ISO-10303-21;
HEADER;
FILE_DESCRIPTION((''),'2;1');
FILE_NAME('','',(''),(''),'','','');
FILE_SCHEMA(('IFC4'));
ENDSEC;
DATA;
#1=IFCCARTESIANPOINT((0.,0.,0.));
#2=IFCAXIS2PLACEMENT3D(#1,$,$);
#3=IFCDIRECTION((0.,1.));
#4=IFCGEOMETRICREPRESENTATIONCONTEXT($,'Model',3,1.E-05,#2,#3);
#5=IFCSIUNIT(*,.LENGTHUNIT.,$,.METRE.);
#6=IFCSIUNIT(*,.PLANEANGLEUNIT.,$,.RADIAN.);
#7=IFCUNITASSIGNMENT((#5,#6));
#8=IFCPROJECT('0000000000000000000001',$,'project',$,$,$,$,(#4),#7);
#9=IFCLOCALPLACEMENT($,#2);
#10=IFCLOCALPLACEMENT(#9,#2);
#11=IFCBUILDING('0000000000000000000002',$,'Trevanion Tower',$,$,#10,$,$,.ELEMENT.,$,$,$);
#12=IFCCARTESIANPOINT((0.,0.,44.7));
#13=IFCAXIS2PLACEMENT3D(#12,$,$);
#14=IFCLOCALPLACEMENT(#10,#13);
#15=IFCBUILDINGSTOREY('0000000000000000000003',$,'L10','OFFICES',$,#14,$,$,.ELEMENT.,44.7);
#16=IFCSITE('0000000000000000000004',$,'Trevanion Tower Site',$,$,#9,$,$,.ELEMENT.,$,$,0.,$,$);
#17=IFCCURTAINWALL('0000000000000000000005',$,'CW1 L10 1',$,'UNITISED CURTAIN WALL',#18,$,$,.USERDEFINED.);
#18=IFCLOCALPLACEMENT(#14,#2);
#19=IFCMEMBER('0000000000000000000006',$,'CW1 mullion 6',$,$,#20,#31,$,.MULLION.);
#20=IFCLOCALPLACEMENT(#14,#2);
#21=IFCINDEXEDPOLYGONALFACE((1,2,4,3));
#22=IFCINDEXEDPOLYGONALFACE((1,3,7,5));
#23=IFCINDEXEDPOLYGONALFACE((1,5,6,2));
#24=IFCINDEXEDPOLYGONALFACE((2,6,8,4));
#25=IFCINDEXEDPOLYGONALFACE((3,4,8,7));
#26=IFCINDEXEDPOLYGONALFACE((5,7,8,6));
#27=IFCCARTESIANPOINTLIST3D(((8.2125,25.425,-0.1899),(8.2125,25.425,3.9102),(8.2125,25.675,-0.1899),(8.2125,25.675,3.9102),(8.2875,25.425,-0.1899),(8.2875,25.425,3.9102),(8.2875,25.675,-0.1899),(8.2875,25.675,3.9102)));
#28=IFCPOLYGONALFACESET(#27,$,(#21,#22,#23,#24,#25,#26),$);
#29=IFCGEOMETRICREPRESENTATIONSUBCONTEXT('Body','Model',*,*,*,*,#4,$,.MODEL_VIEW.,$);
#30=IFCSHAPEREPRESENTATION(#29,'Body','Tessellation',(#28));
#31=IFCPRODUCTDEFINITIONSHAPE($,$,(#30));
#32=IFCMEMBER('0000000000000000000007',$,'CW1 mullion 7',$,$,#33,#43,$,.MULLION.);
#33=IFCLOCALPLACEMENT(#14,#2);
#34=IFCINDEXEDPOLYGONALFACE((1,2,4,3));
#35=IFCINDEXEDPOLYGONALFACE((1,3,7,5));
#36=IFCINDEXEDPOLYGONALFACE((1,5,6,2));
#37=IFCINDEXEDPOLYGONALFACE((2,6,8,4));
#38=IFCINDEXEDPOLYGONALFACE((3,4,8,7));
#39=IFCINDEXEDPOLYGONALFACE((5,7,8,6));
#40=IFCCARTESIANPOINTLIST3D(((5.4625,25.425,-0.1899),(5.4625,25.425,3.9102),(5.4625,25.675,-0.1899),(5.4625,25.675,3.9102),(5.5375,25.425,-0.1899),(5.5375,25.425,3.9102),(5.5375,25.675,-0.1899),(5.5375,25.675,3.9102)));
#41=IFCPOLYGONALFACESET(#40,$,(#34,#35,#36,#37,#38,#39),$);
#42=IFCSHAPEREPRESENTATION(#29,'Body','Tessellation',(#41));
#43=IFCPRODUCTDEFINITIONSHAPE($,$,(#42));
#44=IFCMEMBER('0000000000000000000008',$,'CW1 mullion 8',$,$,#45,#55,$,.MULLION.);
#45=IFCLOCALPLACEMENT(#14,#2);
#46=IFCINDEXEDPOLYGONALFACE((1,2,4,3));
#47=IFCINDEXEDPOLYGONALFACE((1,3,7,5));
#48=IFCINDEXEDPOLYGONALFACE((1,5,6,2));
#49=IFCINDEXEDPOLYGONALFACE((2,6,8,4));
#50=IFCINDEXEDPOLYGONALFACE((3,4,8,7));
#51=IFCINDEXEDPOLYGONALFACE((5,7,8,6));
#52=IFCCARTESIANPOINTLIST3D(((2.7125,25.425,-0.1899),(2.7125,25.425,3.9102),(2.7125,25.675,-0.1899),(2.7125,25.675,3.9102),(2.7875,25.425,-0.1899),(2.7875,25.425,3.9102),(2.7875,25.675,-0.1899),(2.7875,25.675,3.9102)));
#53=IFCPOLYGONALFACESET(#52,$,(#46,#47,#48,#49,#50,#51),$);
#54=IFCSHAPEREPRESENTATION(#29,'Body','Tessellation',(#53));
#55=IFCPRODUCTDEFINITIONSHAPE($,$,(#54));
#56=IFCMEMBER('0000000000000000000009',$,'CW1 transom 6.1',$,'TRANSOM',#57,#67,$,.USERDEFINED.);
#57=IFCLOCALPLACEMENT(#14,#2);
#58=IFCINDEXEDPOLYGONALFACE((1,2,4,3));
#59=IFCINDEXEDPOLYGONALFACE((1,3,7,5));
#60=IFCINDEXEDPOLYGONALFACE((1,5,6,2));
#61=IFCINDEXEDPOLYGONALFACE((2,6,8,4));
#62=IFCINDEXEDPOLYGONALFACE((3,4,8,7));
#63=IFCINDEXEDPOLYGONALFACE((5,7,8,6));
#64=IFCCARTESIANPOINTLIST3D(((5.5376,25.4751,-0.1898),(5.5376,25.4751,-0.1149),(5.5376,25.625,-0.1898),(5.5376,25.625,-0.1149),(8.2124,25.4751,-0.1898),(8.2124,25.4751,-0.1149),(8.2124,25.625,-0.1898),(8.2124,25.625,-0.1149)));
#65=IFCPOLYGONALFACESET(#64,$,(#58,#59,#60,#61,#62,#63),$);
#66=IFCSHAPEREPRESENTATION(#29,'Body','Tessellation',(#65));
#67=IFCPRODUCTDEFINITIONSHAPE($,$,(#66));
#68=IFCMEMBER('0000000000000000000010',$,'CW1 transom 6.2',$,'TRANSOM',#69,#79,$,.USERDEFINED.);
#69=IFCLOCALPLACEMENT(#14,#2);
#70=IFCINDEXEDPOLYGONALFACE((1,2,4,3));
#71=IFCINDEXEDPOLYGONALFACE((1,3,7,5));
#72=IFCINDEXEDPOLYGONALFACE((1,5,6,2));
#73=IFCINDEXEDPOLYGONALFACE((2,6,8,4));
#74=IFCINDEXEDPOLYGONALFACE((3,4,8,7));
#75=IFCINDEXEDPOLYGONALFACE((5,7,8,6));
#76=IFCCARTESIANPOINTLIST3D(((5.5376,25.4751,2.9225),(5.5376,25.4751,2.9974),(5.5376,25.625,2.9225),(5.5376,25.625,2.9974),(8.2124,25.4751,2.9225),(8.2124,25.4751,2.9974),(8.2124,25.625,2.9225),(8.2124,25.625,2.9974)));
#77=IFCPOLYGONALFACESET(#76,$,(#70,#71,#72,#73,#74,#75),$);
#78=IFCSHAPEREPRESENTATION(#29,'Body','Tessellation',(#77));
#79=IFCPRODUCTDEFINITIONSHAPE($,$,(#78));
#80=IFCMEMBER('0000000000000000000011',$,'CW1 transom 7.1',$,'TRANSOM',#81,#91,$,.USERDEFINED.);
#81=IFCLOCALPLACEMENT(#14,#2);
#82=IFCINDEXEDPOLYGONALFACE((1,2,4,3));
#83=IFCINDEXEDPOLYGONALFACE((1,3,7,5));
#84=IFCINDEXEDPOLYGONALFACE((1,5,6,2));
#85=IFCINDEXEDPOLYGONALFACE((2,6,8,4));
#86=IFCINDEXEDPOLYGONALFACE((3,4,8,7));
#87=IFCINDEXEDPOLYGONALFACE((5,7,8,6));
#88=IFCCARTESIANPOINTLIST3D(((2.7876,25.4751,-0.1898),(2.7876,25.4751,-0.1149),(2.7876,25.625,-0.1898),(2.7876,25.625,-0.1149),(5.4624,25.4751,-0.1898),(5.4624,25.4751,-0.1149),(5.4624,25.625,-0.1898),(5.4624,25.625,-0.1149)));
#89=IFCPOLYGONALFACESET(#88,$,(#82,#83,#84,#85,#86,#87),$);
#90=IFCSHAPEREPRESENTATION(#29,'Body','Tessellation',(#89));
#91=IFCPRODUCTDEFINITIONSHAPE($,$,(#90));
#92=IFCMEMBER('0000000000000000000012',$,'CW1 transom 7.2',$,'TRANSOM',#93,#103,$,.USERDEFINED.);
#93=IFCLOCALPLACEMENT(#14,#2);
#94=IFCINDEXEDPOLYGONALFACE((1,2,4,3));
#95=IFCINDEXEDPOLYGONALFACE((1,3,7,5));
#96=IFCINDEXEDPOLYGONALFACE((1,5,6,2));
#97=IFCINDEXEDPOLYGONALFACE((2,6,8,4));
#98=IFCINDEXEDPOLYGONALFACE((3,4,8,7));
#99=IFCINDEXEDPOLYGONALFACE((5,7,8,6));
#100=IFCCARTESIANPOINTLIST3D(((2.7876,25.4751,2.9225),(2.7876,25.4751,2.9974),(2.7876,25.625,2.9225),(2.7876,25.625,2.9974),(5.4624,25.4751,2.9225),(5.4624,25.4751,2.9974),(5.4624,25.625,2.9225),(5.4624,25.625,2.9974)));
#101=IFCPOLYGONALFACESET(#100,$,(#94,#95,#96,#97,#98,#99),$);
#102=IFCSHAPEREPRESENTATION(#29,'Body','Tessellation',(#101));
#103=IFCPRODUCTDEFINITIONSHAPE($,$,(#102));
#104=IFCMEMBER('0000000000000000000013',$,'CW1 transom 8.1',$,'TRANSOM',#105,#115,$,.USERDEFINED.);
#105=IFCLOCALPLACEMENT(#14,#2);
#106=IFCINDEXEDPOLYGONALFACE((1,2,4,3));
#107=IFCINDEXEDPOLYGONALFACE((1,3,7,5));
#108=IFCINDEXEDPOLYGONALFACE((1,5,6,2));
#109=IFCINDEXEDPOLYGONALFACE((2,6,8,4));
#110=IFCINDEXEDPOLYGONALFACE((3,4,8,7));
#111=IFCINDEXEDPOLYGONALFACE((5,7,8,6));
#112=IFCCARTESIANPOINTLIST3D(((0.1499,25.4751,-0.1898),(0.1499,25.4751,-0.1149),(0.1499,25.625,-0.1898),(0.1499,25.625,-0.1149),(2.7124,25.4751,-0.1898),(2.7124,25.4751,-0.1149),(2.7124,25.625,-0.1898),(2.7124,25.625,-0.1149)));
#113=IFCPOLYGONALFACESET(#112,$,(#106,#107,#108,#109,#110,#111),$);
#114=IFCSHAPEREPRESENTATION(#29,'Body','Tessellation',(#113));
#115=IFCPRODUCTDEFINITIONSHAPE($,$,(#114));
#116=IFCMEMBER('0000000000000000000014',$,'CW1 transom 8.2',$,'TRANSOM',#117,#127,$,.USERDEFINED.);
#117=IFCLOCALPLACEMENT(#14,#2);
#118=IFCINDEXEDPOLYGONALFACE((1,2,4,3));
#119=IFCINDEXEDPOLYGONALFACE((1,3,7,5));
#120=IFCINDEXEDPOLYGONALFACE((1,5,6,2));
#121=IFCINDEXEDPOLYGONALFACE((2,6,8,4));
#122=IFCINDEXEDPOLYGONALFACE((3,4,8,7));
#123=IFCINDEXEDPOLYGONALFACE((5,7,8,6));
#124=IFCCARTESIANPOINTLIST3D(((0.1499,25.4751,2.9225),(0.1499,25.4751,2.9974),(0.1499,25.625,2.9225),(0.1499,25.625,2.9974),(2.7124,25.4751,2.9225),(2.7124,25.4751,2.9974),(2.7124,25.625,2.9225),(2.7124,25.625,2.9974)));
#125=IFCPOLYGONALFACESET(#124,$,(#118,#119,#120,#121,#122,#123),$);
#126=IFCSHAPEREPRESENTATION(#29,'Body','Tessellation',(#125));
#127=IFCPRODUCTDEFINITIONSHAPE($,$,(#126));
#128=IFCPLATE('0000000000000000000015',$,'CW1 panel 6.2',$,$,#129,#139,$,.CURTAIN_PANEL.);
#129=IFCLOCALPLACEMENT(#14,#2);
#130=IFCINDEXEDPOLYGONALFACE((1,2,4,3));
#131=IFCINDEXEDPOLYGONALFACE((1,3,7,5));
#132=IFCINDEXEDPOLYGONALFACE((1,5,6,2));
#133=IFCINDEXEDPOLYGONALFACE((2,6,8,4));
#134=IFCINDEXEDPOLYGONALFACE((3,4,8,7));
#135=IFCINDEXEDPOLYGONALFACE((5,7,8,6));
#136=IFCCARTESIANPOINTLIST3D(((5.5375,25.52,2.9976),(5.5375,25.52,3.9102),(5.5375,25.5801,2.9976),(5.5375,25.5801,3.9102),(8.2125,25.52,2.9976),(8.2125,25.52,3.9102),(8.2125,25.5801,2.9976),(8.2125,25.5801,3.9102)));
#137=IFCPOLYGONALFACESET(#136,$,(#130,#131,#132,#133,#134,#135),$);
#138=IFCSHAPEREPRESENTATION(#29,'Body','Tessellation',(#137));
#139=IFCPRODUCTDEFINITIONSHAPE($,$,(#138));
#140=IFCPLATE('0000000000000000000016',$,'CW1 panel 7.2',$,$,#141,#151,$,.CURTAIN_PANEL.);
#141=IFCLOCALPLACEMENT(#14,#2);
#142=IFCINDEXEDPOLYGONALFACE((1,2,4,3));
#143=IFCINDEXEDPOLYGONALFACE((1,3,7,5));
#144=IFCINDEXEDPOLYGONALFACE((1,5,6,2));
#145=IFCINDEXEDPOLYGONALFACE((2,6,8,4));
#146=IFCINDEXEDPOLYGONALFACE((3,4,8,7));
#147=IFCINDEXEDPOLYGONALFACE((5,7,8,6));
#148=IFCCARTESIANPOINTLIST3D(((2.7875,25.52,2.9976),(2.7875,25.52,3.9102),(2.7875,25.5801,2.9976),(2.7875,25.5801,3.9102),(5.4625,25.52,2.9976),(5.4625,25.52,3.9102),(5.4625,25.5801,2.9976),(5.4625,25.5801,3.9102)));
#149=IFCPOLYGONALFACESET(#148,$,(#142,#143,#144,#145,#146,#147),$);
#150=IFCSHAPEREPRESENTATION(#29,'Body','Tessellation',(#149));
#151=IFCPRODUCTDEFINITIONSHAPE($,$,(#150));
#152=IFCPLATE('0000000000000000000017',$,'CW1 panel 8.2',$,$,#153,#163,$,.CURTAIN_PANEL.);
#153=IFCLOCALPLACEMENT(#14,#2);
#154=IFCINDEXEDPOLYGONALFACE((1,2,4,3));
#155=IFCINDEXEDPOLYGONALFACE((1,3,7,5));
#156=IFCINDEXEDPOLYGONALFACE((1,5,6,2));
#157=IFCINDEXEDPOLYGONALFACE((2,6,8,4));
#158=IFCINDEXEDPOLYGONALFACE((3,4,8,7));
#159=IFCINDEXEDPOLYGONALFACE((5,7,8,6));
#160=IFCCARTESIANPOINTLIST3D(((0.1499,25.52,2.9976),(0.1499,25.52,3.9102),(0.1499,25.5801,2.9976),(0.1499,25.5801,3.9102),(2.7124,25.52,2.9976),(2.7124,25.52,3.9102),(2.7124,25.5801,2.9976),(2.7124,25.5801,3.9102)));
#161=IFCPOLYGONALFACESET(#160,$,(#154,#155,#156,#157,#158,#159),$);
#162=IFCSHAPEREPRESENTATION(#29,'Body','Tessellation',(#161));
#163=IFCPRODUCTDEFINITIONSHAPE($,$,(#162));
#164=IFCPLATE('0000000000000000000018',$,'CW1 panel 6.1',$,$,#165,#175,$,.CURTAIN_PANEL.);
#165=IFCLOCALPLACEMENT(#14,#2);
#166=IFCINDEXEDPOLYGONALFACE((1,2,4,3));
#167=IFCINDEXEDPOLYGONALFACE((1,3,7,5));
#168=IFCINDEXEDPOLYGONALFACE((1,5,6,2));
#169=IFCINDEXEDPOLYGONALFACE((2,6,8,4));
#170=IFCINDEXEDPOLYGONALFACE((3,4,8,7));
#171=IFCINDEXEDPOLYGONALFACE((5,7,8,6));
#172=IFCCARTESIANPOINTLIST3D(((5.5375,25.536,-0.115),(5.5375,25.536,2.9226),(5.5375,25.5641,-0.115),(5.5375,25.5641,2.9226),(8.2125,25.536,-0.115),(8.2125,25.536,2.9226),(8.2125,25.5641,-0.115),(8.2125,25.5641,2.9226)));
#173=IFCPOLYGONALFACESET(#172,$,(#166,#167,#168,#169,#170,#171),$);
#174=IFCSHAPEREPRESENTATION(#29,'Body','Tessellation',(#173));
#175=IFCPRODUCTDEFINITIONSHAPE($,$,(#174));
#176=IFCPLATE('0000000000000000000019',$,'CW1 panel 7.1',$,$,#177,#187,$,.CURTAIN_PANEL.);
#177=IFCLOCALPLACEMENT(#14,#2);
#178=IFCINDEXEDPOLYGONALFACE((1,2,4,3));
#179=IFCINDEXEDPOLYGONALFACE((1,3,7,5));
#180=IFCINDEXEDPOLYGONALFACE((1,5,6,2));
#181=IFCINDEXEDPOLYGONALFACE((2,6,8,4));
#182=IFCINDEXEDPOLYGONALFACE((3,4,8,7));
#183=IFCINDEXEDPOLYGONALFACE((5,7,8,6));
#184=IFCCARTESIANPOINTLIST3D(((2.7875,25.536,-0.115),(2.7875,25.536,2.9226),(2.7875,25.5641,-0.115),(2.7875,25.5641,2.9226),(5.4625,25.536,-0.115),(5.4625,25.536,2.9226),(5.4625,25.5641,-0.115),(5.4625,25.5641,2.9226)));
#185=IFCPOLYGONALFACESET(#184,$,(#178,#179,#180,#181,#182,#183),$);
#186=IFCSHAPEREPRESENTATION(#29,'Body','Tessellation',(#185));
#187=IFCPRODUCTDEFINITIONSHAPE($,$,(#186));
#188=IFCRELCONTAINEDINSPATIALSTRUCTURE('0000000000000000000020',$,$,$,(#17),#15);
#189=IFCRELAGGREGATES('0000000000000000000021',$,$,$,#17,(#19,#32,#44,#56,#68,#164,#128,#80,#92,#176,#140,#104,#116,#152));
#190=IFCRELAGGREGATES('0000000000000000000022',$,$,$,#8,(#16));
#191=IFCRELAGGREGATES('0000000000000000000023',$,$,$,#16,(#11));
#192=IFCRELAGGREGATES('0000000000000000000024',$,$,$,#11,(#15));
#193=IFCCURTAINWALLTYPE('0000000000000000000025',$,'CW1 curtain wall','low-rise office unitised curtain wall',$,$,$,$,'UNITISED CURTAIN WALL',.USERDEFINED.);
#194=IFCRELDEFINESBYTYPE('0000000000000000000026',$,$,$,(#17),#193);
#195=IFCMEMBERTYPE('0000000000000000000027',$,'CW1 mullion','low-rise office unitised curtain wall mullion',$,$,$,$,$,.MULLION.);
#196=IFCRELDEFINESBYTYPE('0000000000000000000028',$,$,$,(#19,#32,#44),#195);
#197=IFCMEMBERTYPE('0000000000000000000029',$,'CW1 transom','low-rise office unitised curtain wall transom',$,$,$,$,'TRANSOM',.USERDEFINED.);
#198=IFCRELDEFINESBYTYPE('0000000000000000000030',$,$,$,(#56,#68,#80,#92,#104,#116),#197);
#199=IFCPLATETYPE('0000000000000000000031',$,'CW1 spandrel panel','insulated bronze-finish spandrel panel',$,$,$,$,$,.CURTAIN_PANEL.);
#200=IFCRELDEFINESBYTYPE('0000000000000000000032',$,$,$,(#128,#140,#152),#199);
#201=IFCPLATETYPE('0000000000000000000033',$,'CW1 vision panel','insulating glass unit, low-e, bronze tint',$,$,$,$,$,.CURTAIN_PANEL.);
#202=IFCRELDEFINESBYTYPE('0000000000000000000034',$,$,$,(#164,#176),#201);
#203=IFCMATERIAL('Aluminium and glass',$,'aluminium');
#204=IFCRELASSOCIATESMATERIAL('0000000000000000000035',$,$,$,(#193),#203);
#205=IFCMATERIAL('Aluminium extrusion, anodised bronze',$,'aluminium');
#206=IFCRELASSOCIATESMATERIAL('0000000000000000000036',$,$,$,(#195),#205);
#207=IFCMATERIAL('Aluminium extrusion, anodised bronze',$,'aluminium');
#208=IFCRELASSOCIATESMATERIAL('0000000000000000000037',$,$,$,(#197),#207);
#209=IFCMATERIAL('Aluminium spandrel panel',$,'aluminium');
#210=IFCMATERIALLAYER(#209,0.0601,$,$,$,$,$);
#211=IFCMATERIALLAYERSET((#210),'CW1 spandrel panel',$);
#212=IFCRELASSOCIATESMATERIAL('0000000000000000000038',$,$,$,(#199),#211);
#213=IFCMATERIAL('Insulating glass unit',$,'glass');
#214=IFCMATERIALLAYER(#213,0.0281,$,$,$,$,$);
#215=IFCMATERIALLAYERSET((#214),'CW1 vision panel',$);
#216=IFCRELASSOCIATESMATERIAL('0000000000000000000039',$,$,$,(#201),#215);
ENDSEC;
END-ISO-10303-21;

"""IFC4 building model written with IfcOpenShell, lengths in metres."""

from ifc_helpers import new_model, si_unit, direction, frame, origin, origin_2d, place, context, subcontext, project, spatial, rectangle, extrude, material, layer, layer_set, material_profile, profile_set, type_object, element, aggregate, save


model = new_model("IFC4")

# Units and contexts
model_context = context("Model", 3, precision=1e-05, world=origin(), true_north=direction((0.0, 1.0)))
body_context = subcontext(model_context, "Body", "Model", "MODEL_VIEW")
ifc_project = project(units=[si_unit("LENGTHUNIT", "METRE"), si_unit("PLANEANGLEUNIT", "RADIAN")], contexts=[model_context])

# Site, building, storey
site_placement = place(None, origin())
site = spatial("IfcSite", under=ifc_project, at=site_placement, Name="Trevanion Tower Site", CompositionType="ELEMENT", RefElevation=0.0)
building_placement = place(site_placement, origin())
building = spatial("IfcBuilding", under=site, at=building_placement, Name="Trevanion Tower", CompositionType="ELEMENT")
storey_placement = place(building_placement, frame((0.0, 0.0, 44.7)))
storey = spatial("IfcBuildingStorey", under=building, at=storey_placement, Name="L10", Description="OFFICES", CompositionType="ELEMENT", Elevation=44.7)

# Curtain wall, members, plates
ifc_material_1 = material(Name="Aluminium and glass", Category="aluminium")
curtain_wall_type = type_object("IfcCurtainWallType", Name="CW1 curtain wall", Description="low-rise office unitised curtain wall", ElementType="UNITISED CURTAIN WALL", PredefinedType="USERDEFINED", material=ifc_material_1)
curtain_wall_placement = place(storey_placement, origin())
curtain_wall = element("IfcCurtainWall", 1, at=curtain_wall_placement, inside=storey, type_object=curtain_wall_type, Name="CW1 L10 1", ObjectType="UNITISED CURTAIN WALL", PredefinedType="USERDEFINED")
ifc_material_2 = material(Name="Aluminium extrusion, anodised bronze", Category="aluminium")
ifc_material_profile_1 = material_profile(ifc_material_2, rectangle(XDim=0.075, YDim=0.25, at=origin_2d()), Name="CW1 mullion")
ifc_profile_set_1 = profile_set([ifc_material_profile_1], Name="Aluminium extrusion, anodised bronze")
member_type_1 = type_object("IfcMemberType", Name="CW1 mullion", Description="low-rise office unitised curtain wall mullion", PredefinedType="MULLION", material=ifc_profile_set_1)
member_1_placement = place(storey_placement, frame((8.25, 25.55, -0.1899), z_axis=(0.0, 0.0, 1.0), x_axis=(-1.0, 0.0, 0.0)))
member_1 = element("IfcMember", 2, at=member_1_placement, type_object=member_type_1, Name="CW1 mullion 6", PredefinedType="MULLION", context=body_context, shape_type="SweptSolid", body=[
    extrude(rectangle(XDim=0.075, YDim=0.25, at=origin_2d()), origin(), (0.0, 0.0, 1.0), 4.1001),
])
member_2_placement = place(storey_placement, frame((5.5, 25.55, -0.1899), z_axis=(0.0, 0.0, 1.0), x_axis=(-1.0, 0.0, 0.0)))
member_2 = element("IfcMember", 3, at=member_2_placement, type_object=member_type_1, Name="CW1 mullion 7", PredefinedType="MULLION", context=body_context, shape_type="SweptSolid", body=[
    extrude(rectangle(XDim=0.075, YDim=0.25, at=origin_2d()), origin(), (0.0, 0.0, 1.0), 4.1001),
])
member_3_placement = place(storey_placement, frame((2.75, 25.55, -0.1899), z_axis=(0.0, 0.0, 1.0), x_axis=(-1.0, 0.0, 0.0)))
member_3 = element("IfcMember", 4, at=member_3_placement, type_object=member_type_1, Name="CW1 mullion 8", PredefinedType="MULLION", context=body_context, shape_type="SweptSolid", body=[
    extrude(rectangle(XDim=0.075, YDim=0.25, at=origin_2d()), origin(), (0.0, 0.0, 1.0), 4.1001),
])
ifc_material_3 = material(Name="Aluminium extrusion, anodised bronze", Category="aluminium")
ifc_material_profile_2 = material_profile(ifc_material_3, rectangle(XDim=0.1499, YDim=0.075, at=origin_2d()), Name="CW1 transom")
ifc_profile_set_2 = profile_set([ifc_material_profile_2], Name="Aluminium extrusion, anodised bronze")
member_type_2 = type_object("IfcMemberType", Name="CW1 transom", Description="low-rise office unitised curtain wall transom", ElementType="TRANSOM", PredefinedType="USERDEFINED", material=ifc_profile_set_2)
member_4_placement = place(storey_placement, frame((8.2124, 25.55, -0.1523), z_axis=(-1.0, 0.0, 0.0), x_axis=(0.0, -1.0, 0.0)))
member_4 = element("IfcMember", 5, at=member_4_placement, type_object=member_type_2, Name="CW1 transom 6.1", ObjectType="TRANSOM", PredefinedType="USERDEFINED", context=body_context, shape_type="SweptSolid", body=[
    extrude(rectangle(XDim=0.1499, YDim=0.075, at=origin_2d()), origin(), (0.0, 0.0, 1.0), 2.6748),
])
member_5_placement = place(storey_placement, frame((8.2124, 25.55, 2.96), z_axis=(-1.0, 0.0, 0.0), x_axis=(0.0, -1.0, 0.0)))
member_5 = element("IfcMember", 6, at=member_5_placement, type_object=member_type_2, Name="CW1 transom 6.2", ObjectType="TRANSOM", PredefinedType="USERDEFINED", context=body_context, shape_type="SweptSolid", body=[
    extrude(rectangle(XDim=0.1499, YDim=0.075, at=origin_2d()), origin(), (0.0, 0.0, 1.0), 2.6748),
])
member_6_placement = place(storey_placement, frame((5.4624, 25.55, -0.1523), z_axis=(-1.0, 0.0, 0.0), x_axis=(0.0, -1.0, 0.0)))
member_6 = element("IfcMember", 7, at=member_6_placement, type_object=member_type_2, Name="CW1 transom 7.1", ObjectType="TRANSOM", PredefinedType="USERDEFINED", context=body_context, shape_type="SweptSolid", body=[
    extrude(rectangle(XDim=0.1499, YDim=0.075, at=origin_2d()), origin(), (0.0, 0.0, 1.0), 2.6748),
])
member_7_placement = place(storey_placement, frame((5.4624, 25.55, 2.96), z_axis=(-1.0, 0.0, 0.0), x_axis=(0.0, -1.0, 0.0)))
member_7 = element("IfcMember", 8, at=member_7_placement, type_object=member_type_2, Name="CW1 transom 7.2", ObjectType="TRANSOM", PredefinedType="USERDEFINED", context=body_context, shape_type="SweptSolid", body=[
    extrude(rectangle(XDim=0.1499, YDim=0.075, at=origin_2d()), origin(), (0.0, 0.0, 1.0), 2.6748),
])
member_8_placement = place(storey_placement, frame((2.7124, 25.55, -0.1523), z_axis=(-1.0, 0.0, 0.0), x_axis=(0.0, -1.0, 0.0)))
member_8 = element("IfcMember", 9, at=member_8_placement, type_object=member_type_2, Name="CW1 transom 8.1", ObjectType="TRANSOM", PredefinedType="USERDEFINED", context=body_context, shape_type="SweptSolid", body=[
    extrude(rectangle(XDim=0.1499, YDim=0.075, at=origin_2d()), origin(), (0.0, 0.0, 1.0), 2.5625),
])
member_9_placement = place(storey_placement, frame((2.7124, 25.55, 2.96), z_axis=(-1.0, 0.0, 0.0), x_axis=(0.0, -1.0, 0.0)))
member_9 = element("IfcMember", 10, at=member_9_placement, type_object=member_type_2, Name="CW1 transom 8.2", ObjectType="TRANSOM", PredefinedType="USERDEFINED", context=body_context, shape_type="SweptSolid", body=[
    extrude(rectangle(XDim=0.1499, YDim=0.075, at=origin_2d()), origin(), (0.0, 0.0, 1.0), 2.5625),
])
ifc_material_4 = material(Name="Aluminium spandrel panel", Category="aluminium")
ifc_layer_1 = layer(ifc_material_4, 0.0601)
ifc_layer_set_1 = layer_set([ifc_layer_1], Name="CW1 spandrel panel")
plate_type_1 = type_object("IfcPlateType", Name="CW1 spandrel panel", Description="insulated bronze-finish spandrel panel", PredefinedType="CURTAIN_PANEL", material=ifc_layer_set_1)
plate_1_placement = place(storey_placement, frame((6.875, 25.55, 2.9976), z_axis=(0.0, 0.0, 1.0), x_axis=(-1.0, 0.0, 0.0)))
plate_1 = element("IfcPlate", 11, at=plate_1_placement, type_object=plate_type_1, Name="CW1 panel 6.2", PredefinedType="CURTAIN_PANEL", context=body_context, shape_type="SweptSolid", body=[
    extrude(rectangle(XDim=2.675, YDim=0.0601, at=origin_2d()), origin(), (0.0, 0.0, 1.0), 0.9126),
])
plate_2_placement = place(storey_placement, frame((4.125, 25.55, 2.9976), z_axis=(0.0, 0.0, 1.0), x_axis=(-1.0, 0.0, 0.0)))
plate_2 = element("IfcPlate", 12, at=plate_2_placement, type_object=plate_type_1, Name="CW1 panel 7.2", PredefinedType="CURTAIN_PANEL", context=body_context, shape_type="SweptSolid", body=[
    extrude(rectangle(XDim=2.675, YDim=0.0601, at=origin_2d()), origin(), (0.0, 0.0, 1.0), 0.9126),
])
plate_3_placement = place(storey_placement, frame((1.4312, 25.55, 2.9976), z_axis=(0.0, 0.0, 1.0), x_axis=(-1.0, 0.0, 0.0)))
plate_3 = element("IfcPlate", 13, at=plate_3_placement, type_object=plate_type_1, Name="CW1 panel 8.2", PredefinedType="CURTAIN_PANEL", context=body_context, shape_type="SweptSolid", body=[
    extrude(rectangle(XDim=2.5625, YDim=0.0601, at=origin_2d()), origin(), (0.0, 0.0, 1.0), 0.9126),
])
ifc_material_5 = material(Name="Insulating glass unit", Category="glass")
ifc_layer_2 = layer(ifc_material_5, 0.0281)
ifc_layer_set_2 = layer_set([ifc_layer_2], Name="CW1 vision panel")
plate_type_2 = type_object("IfcPlateType", Name="CW1 vision panel", Description="insulating glass unit, low-e, bronze tint", PredefinedType="CURTAIN_PANEL", material=ifc_layer_set_2)
plate_4_placement = place(storey_placement, frame((6.875, 25.55, -0.115), z_axis=(0.0, 0.0, 1.0), x_axis=(-1.0, 0.0, 0.0)))
plate_4 = element("IfcPlate", 14, at=plate_4_placement, type_object=plate_type_2, Name="CW1 panel 6.1", PredefinedType="CURTAIN_PANEL", context=body_context, shape_type="SweptSolid", body=[
    extrude(rectangle(XDim=2.675, YDim=0.0281, at=origin_2d()), origin(), (0.0, 0.0, 1.0), 3.0376),
])
plate_5_placement = place(storey_placement, frame((4.125, 25.55, -0.115), z_axis=(0.0, 0.0, 1.0), x_axis=(-1.0, 0.0, 0.0)))
plate_5 = element("IfcPlate", 15, at=plate_5_placement, type_object=plate_type_2, Name="CW1 panel 7.1", PredefinedType="CURTAIN_PANEL", context=body_context, shape_type="SweptSolid", body=[
    extrude(rectangle(XDim=2.675, YDim=0.0281, at=origin_2d()), origin(), (0.0, 0.0, 1.0), 3.0376),
])
aggregate(curtain_wall, [member_1, member_2, member_3, member_4, member_5, plate_4, plate_1, member_6, member_7, plate_5, plate_2, member_8, member_9, plate_3])

save(model, "model.ifc")
